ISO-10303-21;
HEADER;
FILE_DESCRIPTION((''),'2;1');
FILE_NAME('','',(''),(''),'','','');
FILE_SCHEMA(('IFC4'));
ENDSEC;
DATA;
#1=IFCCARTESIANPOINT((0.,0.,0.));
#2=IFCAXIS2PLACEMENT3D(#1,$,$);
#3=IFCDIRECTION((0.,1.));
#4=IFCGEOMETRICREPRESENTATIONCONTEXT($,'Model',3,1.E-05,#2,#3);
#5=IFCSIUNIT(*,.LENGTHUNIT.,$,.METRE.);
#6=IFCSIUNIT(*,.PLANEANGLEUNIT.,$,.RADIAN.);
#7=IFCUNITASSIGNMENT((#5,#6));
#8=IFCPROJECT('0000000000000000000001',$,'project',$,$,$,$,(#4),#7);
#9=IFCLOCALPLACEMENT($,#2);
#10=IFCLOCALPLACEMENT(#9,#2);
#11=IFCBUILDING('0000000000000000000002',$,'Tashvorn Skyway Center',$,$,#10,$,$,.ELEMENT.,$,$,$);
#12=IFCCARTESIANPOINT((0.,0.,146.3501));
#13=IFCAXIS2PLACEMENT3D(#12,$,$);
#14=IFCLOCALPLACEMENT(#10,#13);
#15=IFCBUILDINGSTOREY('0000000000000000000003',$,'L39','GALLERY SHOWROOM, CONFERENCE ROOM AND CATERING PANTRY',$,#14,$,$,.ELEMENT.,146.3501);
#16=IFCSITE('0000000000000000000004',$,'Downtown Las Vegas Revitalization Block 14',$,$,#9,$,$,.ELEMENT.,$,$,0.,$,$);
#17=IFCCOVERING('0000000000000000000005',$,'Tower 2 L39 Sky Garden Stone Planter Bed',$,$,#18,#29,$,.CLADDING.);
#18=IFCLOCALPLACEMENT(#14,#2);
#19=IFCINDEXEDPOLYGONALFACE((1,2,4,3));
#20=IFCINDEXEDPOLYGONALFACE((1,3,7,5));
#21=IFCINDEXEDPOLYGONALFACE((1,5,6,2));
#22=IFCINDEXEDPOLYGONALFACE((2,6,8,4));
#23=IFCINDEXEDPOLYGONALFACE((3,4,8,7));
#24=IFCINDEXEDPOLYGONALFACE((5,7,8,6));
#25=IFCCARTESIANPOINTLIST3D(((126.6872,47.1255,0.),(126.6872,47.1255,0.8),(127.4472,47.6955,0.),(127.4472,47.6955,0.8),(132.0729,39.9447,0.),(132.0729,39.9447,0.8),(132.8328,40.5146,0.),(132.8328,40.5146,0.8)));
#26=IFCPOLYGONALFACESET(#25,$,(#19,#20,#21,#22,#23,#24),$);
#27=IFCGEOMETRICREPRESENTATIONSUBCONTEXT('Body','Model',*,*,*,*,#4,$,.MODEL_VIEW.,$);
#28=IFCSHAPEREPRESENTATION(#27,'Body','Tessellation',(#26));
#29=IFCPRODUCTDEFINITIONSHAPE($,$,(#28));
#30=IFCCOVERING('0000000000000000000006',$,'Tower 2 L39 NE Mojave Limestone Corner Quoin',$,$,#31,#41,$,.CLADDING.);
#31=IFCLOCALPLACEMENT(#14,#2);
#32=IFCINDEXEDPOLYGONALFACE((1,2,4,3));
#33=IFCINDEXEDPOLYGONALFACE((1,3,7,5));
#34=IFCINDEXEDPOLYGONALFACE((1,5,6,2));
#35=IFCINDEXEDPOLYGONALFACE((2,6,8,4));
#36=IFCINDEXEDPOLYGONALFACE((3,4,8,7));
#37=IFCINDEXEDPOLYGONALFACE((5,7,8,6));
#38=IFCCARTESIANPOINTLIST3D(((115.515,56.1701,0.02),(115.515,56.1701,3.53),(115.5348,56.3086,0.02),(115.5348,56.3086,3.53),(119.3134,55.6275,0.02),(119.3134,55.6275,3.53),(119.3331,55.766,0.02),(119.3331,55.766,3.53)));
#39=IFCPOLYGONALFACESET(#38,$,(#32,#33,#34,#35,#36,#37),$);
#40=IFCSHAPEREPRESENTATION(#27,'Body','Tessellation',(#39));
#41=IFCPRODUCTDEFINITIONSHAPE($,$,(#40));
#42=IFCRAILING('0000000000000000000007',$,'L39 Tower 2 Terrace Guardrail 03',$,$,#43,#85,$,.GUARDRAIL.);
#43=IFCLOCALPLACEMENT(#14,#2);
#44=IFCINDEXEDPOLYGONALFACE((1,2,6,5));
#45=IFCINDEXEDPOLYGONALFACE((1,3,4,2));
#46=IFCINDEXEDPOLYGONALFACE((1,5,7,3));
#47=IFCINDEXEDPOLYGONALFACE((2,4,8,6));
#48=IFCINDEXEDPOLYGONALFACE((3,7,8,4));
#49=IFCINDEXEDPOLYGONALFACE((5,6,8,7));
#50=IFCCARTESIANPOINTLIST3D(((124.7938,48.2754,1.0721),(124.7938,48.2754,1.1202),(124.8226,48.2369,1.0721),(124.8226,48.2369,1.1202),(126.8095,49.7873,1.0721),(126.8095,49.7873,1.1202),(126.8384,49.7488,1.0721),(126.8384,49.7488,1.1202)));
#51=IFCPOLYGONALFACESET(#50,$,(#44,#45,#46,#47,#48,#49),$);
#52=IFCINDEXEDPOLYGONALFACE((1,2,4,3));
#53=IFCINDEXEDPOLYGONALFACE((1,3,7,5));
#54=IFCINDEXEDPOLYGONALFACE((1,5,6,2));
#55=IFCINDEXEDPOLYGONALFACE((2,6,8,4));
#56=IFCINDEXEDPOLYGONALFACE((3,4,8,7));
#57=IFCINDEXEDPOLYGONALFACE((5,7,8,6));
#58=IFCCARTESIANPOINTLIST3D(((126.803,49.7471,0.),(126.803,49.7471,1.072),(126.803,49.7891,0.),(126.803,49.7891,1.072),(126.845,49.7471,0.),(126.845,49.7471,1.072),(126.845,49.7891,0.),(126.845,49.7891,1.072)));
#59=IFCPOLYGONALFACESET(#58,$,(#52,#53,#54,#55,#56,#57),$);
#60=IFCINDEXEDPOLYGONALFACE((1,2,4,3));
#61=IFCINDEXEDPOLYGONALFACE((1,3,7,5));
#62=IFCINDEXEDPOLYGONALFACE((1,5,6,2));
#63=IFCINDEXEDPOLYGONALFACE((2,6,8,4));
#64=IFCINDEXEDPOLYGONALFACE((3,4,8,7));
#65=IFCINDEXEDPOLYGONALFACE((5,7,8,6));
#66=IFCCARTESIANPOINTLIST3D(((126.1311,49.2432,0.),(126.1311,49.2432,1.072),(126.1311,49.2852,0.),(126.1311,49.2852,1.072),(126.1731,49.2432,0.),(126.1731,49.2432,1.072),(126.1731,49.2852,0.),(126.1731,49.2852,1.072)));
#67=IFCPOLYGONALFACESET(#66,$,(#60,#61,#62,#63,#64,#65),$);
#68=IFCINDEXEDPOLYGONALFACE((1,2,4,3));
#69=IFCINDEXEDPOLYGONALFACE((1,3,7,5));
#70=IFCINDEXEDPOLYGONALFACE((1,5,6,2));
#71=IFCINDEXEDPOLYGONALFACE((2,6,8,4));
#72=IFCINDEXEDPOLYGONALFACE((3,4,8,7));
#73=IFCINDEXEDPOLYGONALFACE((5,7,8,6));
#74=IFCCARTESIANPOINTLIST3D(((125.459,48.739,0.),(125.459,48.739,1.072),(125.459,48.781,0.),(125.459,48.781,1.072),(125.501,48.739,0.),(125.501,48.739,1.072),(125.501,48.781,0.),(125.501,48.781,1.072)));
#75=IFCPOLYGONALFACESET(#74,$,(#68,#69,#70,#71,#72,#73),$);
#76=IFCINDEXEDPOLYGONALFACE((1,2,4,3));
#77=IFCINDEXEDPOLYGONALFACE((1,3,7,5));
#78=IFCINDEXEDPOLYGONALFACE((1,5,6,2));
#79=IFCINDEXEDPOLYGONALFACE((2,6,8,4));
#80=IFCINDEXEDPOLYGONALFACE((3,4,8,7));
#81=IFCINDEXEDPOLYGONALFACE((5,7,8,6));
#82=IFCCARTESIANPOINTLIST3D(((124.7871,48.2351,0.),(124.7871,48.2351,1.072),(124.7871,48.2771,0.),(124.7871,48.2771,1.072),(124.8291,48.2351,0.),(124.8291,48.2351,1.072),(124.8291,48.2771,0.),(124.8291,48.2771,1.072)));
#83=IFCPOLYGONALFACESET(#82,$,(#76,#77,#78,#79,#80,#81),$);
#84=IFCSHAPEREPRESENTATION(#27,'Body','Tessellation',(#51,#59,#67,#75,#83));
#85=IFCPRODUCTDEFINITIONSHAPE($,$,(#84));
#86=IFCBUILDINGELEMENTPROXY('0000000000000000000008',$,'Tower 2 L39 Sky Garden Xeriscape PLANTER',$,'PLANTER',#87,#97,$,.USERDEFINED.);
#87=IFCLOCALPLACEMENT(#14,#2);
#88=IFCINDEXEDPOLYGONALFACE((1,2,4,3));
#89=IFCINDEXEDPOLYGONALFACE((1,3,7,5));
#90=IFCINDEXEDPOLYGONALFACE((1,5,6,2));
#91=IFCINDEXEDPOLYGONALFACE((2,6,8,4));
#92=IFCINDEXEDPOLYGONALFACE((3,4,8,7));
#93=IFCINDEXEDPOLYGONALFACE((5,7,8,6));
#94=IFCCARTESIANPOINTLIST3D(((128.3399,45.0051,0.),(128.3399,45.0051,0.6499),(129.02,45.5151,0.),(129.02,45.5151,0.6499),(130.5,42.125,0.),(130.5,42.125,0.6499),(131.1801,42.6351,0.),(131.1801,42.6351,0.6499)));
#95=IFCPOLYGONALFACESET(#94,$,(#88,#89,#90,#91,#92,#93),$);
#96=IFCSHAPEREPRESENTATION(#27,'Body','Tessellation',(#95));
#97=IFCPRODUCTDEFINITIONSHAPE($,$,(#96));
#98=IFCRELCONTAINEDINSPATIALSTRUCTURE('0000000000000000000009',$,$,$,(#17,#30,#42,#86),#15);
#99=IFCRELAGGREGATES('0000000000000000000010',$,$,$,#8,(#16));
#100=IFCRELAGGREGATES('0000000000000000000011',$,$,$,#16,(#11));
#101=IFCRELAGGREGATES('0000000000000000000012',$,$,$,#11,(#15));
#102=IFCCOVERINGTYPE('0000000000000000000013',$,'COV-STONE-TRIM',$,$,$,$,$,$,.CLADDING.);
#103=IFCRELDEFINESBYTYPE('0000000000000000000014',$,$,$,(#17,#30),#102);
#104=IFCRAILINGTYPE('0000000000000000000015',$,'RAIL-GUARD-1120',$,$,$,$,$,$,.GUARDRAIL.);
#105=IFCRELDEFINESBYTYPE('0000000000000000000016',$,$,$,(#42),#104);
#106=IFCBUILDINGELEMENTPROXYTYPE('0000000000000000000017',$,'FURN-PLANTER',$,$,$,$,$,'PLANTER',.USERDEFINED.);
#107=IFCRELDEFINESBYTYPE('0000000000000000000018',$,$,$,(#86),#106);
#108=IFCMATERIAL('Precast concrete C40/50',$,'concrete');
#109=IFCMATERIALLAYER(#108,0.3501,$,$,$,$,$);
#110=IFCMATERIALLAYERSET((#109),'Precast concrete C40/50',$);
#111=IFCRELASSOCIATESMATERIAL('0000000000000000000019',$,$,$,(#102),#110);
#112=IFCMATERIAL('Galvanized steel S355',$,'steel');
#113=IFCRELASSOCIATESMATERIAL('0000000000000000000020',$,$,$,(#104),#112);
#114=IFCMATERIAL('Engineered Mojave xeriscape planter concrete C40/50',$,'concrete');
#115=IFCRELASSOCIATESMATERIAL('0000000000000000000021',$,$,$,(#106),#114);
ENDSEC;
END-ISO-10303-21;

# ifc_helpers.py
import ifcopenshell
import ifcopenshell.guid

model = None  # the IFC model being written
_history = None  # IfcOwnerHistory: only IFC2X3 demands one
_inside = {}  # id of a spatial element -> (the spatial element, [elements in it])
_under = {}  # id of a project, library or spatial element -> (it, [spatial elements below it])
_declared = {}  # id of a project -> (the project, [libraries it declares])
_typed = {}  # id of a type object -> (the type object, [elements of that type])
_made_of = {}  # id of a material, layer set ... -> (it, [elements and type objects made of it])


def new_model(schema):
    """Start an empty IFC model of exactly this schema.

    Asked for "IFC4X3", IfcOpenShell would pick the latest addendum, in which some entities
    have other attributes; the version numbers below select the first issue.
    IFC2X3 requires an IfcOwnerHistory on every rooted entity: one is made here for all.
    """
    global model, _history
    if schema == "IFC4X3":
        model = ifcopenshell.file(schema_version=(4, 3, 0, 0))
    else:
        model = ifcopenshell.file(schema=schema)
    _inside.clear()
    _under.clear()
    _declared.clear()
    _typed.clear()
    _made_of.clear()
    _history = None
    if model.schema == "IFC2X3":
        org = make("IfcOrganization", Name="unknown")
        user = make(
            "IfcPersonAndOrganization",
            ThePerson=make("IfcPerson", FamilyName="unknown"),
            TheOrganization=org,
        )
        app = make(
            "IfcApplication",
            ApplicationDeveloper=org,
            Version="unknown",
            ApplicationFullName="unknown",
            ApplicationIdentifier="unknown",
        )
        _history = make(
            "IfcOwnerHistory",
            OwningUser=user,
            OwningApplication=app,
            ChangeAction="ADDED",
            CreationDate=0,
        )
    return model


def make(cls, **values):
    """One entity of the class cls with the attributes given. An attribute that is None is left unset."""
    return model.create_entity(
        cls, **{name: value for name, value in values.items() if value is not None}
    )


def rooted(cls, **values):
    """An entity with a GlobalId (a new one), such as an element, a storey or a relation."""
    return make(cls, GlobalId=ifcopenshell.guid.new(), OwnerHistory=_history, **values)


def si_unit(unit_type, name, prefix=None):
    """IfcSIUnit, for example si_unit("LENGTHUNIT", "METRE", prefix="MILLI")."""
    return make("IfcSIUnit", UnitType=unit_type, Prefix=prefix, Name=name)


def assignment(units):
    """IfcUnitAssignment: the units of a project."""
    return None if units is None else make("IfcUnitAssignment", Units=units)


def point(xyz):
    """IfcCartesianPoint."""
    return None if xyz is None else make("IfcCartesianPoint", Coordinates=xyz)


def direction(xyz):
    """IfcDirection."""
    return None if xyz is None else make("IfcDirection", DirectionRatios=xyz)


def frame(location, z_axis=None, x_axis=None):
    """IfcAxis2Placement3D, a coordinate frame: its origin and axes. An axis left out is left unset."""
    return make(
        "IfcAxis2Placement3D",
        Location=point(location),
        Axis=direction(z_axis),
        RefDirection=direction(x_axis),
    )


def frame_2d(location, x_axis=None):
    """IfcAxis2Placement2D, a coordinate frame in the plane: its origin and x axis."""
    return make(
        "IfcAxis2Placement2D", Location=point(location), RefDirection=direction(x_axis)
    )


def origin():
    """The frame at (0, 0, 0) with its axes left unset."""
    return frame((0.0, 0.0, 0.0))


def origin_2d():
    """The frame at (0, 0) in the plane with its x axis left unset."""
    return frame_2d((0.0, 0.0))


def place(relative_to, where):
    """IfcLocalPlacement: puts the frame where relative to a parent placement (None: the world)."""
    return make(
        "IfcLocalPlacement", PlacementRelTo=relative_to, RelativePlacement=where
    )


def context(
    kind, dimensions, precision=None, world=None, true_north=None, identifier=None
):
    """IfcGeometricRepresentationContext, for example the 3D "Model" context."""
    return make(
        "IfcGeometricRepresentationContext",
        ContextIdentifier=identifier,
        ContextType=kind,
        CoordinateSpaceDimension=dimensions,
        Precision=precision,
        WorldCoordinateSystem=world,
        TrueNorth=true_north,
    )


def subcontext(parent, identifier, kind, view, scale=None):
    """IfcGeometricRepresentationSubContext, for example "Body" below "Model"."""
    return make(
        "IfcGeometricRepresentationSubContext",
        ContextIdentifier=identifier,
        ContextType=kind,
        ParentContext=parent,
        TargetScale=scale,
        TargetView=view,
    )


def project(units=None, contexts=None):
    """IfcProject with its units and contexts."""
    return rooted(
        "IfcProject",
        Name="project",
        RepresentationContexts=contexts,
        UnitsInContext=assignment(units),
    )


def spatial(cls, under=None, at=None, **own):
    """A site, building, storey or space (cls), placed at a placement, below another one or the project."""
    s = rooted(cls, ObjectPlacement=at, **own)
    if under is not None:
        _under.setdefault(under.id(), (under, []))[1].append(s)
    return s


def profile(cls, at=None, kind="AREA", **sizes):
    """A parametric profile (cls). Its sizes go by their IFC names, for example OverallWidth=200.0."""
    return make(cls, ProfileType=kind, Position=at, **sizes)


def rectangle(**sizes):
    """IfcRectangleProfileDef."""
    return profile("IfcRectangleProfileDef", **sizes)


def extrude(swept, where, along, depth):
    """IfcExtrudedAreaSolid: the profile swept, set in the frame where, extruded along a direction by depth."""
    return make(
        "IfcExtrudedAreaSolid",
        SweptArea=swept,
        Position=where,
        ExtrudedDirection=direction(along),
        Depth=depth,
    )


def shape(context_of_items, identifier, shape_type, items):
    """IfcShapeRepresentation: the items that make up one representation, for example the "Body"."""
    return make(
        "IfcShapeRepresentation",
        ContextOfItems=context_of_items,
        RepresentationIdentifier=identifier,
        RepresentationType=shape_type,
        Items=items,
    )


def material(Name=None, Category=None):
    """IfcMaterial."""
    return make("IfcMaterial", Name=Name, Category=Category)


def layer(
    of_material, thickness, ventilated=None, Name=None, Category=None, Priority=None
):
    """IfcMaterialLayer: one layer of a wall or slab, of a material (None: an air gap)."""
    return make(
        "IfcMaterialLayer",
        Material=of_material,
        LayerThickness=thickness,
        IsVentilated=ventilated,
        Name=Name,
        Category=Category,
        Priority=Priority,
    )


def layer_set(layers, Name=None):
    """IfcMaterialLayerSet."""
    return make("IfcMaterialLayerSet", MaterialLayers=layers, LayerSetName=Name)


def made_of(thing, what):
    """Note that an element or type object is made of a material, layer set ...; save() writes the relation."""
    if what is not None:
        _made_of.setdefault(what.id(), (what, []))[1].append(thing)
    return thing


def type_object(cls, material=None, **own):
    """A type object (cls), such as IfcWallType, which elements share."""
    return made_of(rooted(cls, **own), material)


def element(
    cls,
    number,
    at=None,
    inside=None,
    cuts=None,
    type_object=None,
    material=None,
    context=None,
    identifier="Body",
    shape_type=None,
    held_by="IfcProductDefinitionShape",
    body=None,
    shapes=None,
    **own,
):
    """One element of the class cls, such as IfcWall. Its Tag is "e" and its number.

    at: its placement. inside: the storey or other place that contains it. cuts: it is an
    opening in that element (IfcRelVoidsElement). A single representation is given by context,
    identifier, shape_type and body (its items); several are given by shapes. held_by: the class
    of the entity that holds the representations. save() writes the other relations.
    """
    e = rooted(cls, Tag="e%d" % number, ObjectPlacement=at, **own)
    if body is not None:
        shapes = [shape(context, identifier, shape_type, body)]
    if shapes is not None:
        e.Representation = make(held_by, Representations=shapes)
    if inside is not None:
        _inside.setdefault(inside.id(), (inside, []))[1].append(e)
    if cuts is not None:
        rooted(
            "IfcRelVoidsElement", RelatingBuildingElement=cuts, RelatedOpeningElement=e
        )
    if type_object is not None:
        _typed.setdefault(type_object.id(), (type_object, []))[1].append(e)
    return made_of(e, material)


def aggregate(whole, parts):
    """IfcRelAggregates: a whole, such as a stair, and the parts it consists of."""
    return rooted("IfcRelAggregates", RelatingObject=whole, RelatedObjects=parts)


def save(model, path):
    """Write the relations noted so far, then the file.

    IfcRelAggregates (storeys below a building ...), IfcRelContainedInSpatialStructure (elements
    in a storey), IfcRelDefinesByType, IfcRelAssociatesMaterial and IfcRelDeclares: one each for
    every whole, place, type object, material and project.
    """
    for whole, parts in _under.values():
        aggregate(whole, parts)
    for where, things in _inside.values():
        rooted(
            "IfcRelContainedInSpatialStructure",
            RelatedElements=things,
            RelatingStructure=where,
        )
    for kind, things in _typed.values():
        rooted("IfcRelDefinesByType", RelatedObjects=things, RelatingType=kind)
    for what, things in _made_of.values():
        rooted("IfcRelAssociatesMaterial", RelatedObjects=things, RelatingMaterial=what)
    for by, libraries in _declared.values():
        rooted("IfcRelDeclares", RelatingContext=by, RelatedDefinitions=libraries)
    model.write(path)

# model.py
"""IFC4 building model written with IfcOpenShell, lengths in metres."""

from ifc_helpers import new_model, si_unit, direction, frame, origin, origin_2d, place, context, subcontext, project, spatial, rectangle, extrude, material, layer, layer_set, type_object, element, save


model = new_model("IFC4")

# Units and contexts
model_context = context("Model", 3, precision=1e-05, world=origin(), true_north=direction((0.0, 1.0)))
body_context = subcontext(model_context, "Body", "Model", "MODEL_VIEW")
ifc_project = project(units=[si_unit("LENGTHUNIT", "METRE"), si_unit("PLANEANGLEUNIT", "RADIAN")], contexts=[model_context])

# Site, building, storey
site_placement = place(None, origin())
site = spatial("IfcSite", under=ifc_project, at=site_placement, Name="Downtown Las Vegas Revitalization Block 14", CompositionType="ELEMENT", RefElevation=0.0)
building_placement = place(site_placement, origin())
building = spatial("IfcBuilding", under=site, at=building_placement, Name="Tashvorn Skyway Center", CompositionType="ELEMENT")
storey_placement = place(building_placement, frame((0.0, 0.0, 146.3501)))
storey = spatial("IfcBuildingStorey", under=building, at=storey_placement, Name="L39", Description="GALLERY SHOWROOM, CONFERENCE ROOM AND CATERING PANTRY", CompositionType="ELEMENT", Elevation=146.3501)

# Shared definitions
ifc_material_1 = material(Name="Precast concrete C40/50", Category="concrete")

# Coverings
ifc_layer_1 = layer(ifc_material_1, 0.3501)
ifc_layer_set_1 = layer_set([ifc_layer_1], Name="Precast concrete C40/50")
covering_type_1 = type_object("IfcCoveringType", Name="COV-STONE-TRIM", PredefinedType="CLADDING", material=ifc_layer_set_1)
covering_1_placement = place(storey_placement, frame((129.76, 43.8201, 0.0), z_axis=(0.0, 0.0, 1.0), x_axis=(0.6, -0.8, 0.0)))
element("IfcCovering", 1, at=covering_1_placement, inside=storey, type_object=covering_type_1, Name="Tower 2 L39 Sky Garden Stone Planter Bed", PredefinedType="CLADDING", context=body_context, shape_type="SweptSolid", body=[
    extrude(rectangle(XDim=8.9761, YDim=0.95, at=origin_2d()), origin(), (0.0, 0.0, 1.0), 0.8),
])
covering_2_placement = place(storey_placement, frame((117.4241, 55.968, 0.02), z_axis=(0.0, 0.0, 1.0), x_axis=(0.989949, -0.141421, 0.0)))
element("IfcCovering", 2, at=covering_2_placement, inside=storey, type_object=covering_type_1, Name="Tower 2 L39 NE Mojave Limestone Corner Quoin", PredefinedType="CLADDING", context=body_context, shape_type="SweptSolid", body=[
    extrude(rectangle(XDim=3.8369, YDim=0.1399, at=origin_2d()), origin(), (0.0, 0.0, 1.0), 3.51),
])

# Railing
ifc_material_2 = material(Name="Galvanized steel S355", Category="steel")
railing_type = type_object("IfcRailingType", Name="RAIL-GUARD-1120", PredefinedType="GUARDRAIL", material=ifc_material_2)
railing_placement = place(storey_placement, frame((126.824, 49.7681, 0.0)))
element("IfcRailing", 3, at=railing_placement, inside=storey, type_object=railing_type, Name="L39 Tower 2 Terrace Guardrail 03", PredefinedType="GUARDRAIL", context=body_context, shape_type="SweptSolid", body=[
    extrude(rectangle(XDim=0.0481, YDim=0.0481, at=origin_2d()), frame((0.0, 0.0, 1.0962), z_axis=(-0.799988, -0.600016, 0.0), x_axis=(0.600016, -0.799988, 0.0)), (0.0, 0.0, 1.0), 2.5198),
    extrude(rectangle(XDim=0.042, YDim=0.042, at=origin_2d()), origin(), (0.0, 0.0, 1.0), 1.072),
    extrude(rectangle(XDim=0.042, YDim=0.042, at=origin_2d()), frame((-0.6719, -0.5039, 0.0)), (0.0, 0.0, 1.0), 1.072),
    extrude(rectangle(XDim=0.042, YDim=0.042, at=origin_2d()), frame((-1.344, -1.0081, 0.0)), (0.0, 0.0, 1.0), 1.072),
    extrude(rectangle(XDim=0.042, YDim=0.042, at=origin_2d()), frame((-2.0159, -1.512, 0.0)), (0.0, 0.0, 1.0), 1.072),
])

# Building element proxy
ifc_material_3 = material(Name="Engineered Mojave xeriscape planter concrete C40/50", Category="concrete")
building_element_proxy_type = type_object("IfcBuildingElementProxyType", Name="FURN-PLANTER", ElementType="PLANTER", PredefinedType="USERDEFINED", material=ifc_material_3)
proxy_placement = place(storey_placement, frame((129.76, 43.8201, 0.0), z_axis=(0.0, 0.0, 1.0), x_axis=(0.6, -0.8, 0.0)))
element("IfcBuildingElementProxy", 4, at=proxy_placement, inside=storey, type_object=building_element_proxy_type, Name="Tower 2 L39 Sky Garden Xeriscape PLANTER", ObjectType="PLANTER", PredefinedType="USERDEFINED", context=body_context, shape_type="SweptSolid", body=[
    extrude(rectangle(XDim=3.6001, YDim=0.8501, at=origin_2d()), origin(), (0.0, 0.0, 1.0), 0.6499),
])

save(model, "model.ifc")
